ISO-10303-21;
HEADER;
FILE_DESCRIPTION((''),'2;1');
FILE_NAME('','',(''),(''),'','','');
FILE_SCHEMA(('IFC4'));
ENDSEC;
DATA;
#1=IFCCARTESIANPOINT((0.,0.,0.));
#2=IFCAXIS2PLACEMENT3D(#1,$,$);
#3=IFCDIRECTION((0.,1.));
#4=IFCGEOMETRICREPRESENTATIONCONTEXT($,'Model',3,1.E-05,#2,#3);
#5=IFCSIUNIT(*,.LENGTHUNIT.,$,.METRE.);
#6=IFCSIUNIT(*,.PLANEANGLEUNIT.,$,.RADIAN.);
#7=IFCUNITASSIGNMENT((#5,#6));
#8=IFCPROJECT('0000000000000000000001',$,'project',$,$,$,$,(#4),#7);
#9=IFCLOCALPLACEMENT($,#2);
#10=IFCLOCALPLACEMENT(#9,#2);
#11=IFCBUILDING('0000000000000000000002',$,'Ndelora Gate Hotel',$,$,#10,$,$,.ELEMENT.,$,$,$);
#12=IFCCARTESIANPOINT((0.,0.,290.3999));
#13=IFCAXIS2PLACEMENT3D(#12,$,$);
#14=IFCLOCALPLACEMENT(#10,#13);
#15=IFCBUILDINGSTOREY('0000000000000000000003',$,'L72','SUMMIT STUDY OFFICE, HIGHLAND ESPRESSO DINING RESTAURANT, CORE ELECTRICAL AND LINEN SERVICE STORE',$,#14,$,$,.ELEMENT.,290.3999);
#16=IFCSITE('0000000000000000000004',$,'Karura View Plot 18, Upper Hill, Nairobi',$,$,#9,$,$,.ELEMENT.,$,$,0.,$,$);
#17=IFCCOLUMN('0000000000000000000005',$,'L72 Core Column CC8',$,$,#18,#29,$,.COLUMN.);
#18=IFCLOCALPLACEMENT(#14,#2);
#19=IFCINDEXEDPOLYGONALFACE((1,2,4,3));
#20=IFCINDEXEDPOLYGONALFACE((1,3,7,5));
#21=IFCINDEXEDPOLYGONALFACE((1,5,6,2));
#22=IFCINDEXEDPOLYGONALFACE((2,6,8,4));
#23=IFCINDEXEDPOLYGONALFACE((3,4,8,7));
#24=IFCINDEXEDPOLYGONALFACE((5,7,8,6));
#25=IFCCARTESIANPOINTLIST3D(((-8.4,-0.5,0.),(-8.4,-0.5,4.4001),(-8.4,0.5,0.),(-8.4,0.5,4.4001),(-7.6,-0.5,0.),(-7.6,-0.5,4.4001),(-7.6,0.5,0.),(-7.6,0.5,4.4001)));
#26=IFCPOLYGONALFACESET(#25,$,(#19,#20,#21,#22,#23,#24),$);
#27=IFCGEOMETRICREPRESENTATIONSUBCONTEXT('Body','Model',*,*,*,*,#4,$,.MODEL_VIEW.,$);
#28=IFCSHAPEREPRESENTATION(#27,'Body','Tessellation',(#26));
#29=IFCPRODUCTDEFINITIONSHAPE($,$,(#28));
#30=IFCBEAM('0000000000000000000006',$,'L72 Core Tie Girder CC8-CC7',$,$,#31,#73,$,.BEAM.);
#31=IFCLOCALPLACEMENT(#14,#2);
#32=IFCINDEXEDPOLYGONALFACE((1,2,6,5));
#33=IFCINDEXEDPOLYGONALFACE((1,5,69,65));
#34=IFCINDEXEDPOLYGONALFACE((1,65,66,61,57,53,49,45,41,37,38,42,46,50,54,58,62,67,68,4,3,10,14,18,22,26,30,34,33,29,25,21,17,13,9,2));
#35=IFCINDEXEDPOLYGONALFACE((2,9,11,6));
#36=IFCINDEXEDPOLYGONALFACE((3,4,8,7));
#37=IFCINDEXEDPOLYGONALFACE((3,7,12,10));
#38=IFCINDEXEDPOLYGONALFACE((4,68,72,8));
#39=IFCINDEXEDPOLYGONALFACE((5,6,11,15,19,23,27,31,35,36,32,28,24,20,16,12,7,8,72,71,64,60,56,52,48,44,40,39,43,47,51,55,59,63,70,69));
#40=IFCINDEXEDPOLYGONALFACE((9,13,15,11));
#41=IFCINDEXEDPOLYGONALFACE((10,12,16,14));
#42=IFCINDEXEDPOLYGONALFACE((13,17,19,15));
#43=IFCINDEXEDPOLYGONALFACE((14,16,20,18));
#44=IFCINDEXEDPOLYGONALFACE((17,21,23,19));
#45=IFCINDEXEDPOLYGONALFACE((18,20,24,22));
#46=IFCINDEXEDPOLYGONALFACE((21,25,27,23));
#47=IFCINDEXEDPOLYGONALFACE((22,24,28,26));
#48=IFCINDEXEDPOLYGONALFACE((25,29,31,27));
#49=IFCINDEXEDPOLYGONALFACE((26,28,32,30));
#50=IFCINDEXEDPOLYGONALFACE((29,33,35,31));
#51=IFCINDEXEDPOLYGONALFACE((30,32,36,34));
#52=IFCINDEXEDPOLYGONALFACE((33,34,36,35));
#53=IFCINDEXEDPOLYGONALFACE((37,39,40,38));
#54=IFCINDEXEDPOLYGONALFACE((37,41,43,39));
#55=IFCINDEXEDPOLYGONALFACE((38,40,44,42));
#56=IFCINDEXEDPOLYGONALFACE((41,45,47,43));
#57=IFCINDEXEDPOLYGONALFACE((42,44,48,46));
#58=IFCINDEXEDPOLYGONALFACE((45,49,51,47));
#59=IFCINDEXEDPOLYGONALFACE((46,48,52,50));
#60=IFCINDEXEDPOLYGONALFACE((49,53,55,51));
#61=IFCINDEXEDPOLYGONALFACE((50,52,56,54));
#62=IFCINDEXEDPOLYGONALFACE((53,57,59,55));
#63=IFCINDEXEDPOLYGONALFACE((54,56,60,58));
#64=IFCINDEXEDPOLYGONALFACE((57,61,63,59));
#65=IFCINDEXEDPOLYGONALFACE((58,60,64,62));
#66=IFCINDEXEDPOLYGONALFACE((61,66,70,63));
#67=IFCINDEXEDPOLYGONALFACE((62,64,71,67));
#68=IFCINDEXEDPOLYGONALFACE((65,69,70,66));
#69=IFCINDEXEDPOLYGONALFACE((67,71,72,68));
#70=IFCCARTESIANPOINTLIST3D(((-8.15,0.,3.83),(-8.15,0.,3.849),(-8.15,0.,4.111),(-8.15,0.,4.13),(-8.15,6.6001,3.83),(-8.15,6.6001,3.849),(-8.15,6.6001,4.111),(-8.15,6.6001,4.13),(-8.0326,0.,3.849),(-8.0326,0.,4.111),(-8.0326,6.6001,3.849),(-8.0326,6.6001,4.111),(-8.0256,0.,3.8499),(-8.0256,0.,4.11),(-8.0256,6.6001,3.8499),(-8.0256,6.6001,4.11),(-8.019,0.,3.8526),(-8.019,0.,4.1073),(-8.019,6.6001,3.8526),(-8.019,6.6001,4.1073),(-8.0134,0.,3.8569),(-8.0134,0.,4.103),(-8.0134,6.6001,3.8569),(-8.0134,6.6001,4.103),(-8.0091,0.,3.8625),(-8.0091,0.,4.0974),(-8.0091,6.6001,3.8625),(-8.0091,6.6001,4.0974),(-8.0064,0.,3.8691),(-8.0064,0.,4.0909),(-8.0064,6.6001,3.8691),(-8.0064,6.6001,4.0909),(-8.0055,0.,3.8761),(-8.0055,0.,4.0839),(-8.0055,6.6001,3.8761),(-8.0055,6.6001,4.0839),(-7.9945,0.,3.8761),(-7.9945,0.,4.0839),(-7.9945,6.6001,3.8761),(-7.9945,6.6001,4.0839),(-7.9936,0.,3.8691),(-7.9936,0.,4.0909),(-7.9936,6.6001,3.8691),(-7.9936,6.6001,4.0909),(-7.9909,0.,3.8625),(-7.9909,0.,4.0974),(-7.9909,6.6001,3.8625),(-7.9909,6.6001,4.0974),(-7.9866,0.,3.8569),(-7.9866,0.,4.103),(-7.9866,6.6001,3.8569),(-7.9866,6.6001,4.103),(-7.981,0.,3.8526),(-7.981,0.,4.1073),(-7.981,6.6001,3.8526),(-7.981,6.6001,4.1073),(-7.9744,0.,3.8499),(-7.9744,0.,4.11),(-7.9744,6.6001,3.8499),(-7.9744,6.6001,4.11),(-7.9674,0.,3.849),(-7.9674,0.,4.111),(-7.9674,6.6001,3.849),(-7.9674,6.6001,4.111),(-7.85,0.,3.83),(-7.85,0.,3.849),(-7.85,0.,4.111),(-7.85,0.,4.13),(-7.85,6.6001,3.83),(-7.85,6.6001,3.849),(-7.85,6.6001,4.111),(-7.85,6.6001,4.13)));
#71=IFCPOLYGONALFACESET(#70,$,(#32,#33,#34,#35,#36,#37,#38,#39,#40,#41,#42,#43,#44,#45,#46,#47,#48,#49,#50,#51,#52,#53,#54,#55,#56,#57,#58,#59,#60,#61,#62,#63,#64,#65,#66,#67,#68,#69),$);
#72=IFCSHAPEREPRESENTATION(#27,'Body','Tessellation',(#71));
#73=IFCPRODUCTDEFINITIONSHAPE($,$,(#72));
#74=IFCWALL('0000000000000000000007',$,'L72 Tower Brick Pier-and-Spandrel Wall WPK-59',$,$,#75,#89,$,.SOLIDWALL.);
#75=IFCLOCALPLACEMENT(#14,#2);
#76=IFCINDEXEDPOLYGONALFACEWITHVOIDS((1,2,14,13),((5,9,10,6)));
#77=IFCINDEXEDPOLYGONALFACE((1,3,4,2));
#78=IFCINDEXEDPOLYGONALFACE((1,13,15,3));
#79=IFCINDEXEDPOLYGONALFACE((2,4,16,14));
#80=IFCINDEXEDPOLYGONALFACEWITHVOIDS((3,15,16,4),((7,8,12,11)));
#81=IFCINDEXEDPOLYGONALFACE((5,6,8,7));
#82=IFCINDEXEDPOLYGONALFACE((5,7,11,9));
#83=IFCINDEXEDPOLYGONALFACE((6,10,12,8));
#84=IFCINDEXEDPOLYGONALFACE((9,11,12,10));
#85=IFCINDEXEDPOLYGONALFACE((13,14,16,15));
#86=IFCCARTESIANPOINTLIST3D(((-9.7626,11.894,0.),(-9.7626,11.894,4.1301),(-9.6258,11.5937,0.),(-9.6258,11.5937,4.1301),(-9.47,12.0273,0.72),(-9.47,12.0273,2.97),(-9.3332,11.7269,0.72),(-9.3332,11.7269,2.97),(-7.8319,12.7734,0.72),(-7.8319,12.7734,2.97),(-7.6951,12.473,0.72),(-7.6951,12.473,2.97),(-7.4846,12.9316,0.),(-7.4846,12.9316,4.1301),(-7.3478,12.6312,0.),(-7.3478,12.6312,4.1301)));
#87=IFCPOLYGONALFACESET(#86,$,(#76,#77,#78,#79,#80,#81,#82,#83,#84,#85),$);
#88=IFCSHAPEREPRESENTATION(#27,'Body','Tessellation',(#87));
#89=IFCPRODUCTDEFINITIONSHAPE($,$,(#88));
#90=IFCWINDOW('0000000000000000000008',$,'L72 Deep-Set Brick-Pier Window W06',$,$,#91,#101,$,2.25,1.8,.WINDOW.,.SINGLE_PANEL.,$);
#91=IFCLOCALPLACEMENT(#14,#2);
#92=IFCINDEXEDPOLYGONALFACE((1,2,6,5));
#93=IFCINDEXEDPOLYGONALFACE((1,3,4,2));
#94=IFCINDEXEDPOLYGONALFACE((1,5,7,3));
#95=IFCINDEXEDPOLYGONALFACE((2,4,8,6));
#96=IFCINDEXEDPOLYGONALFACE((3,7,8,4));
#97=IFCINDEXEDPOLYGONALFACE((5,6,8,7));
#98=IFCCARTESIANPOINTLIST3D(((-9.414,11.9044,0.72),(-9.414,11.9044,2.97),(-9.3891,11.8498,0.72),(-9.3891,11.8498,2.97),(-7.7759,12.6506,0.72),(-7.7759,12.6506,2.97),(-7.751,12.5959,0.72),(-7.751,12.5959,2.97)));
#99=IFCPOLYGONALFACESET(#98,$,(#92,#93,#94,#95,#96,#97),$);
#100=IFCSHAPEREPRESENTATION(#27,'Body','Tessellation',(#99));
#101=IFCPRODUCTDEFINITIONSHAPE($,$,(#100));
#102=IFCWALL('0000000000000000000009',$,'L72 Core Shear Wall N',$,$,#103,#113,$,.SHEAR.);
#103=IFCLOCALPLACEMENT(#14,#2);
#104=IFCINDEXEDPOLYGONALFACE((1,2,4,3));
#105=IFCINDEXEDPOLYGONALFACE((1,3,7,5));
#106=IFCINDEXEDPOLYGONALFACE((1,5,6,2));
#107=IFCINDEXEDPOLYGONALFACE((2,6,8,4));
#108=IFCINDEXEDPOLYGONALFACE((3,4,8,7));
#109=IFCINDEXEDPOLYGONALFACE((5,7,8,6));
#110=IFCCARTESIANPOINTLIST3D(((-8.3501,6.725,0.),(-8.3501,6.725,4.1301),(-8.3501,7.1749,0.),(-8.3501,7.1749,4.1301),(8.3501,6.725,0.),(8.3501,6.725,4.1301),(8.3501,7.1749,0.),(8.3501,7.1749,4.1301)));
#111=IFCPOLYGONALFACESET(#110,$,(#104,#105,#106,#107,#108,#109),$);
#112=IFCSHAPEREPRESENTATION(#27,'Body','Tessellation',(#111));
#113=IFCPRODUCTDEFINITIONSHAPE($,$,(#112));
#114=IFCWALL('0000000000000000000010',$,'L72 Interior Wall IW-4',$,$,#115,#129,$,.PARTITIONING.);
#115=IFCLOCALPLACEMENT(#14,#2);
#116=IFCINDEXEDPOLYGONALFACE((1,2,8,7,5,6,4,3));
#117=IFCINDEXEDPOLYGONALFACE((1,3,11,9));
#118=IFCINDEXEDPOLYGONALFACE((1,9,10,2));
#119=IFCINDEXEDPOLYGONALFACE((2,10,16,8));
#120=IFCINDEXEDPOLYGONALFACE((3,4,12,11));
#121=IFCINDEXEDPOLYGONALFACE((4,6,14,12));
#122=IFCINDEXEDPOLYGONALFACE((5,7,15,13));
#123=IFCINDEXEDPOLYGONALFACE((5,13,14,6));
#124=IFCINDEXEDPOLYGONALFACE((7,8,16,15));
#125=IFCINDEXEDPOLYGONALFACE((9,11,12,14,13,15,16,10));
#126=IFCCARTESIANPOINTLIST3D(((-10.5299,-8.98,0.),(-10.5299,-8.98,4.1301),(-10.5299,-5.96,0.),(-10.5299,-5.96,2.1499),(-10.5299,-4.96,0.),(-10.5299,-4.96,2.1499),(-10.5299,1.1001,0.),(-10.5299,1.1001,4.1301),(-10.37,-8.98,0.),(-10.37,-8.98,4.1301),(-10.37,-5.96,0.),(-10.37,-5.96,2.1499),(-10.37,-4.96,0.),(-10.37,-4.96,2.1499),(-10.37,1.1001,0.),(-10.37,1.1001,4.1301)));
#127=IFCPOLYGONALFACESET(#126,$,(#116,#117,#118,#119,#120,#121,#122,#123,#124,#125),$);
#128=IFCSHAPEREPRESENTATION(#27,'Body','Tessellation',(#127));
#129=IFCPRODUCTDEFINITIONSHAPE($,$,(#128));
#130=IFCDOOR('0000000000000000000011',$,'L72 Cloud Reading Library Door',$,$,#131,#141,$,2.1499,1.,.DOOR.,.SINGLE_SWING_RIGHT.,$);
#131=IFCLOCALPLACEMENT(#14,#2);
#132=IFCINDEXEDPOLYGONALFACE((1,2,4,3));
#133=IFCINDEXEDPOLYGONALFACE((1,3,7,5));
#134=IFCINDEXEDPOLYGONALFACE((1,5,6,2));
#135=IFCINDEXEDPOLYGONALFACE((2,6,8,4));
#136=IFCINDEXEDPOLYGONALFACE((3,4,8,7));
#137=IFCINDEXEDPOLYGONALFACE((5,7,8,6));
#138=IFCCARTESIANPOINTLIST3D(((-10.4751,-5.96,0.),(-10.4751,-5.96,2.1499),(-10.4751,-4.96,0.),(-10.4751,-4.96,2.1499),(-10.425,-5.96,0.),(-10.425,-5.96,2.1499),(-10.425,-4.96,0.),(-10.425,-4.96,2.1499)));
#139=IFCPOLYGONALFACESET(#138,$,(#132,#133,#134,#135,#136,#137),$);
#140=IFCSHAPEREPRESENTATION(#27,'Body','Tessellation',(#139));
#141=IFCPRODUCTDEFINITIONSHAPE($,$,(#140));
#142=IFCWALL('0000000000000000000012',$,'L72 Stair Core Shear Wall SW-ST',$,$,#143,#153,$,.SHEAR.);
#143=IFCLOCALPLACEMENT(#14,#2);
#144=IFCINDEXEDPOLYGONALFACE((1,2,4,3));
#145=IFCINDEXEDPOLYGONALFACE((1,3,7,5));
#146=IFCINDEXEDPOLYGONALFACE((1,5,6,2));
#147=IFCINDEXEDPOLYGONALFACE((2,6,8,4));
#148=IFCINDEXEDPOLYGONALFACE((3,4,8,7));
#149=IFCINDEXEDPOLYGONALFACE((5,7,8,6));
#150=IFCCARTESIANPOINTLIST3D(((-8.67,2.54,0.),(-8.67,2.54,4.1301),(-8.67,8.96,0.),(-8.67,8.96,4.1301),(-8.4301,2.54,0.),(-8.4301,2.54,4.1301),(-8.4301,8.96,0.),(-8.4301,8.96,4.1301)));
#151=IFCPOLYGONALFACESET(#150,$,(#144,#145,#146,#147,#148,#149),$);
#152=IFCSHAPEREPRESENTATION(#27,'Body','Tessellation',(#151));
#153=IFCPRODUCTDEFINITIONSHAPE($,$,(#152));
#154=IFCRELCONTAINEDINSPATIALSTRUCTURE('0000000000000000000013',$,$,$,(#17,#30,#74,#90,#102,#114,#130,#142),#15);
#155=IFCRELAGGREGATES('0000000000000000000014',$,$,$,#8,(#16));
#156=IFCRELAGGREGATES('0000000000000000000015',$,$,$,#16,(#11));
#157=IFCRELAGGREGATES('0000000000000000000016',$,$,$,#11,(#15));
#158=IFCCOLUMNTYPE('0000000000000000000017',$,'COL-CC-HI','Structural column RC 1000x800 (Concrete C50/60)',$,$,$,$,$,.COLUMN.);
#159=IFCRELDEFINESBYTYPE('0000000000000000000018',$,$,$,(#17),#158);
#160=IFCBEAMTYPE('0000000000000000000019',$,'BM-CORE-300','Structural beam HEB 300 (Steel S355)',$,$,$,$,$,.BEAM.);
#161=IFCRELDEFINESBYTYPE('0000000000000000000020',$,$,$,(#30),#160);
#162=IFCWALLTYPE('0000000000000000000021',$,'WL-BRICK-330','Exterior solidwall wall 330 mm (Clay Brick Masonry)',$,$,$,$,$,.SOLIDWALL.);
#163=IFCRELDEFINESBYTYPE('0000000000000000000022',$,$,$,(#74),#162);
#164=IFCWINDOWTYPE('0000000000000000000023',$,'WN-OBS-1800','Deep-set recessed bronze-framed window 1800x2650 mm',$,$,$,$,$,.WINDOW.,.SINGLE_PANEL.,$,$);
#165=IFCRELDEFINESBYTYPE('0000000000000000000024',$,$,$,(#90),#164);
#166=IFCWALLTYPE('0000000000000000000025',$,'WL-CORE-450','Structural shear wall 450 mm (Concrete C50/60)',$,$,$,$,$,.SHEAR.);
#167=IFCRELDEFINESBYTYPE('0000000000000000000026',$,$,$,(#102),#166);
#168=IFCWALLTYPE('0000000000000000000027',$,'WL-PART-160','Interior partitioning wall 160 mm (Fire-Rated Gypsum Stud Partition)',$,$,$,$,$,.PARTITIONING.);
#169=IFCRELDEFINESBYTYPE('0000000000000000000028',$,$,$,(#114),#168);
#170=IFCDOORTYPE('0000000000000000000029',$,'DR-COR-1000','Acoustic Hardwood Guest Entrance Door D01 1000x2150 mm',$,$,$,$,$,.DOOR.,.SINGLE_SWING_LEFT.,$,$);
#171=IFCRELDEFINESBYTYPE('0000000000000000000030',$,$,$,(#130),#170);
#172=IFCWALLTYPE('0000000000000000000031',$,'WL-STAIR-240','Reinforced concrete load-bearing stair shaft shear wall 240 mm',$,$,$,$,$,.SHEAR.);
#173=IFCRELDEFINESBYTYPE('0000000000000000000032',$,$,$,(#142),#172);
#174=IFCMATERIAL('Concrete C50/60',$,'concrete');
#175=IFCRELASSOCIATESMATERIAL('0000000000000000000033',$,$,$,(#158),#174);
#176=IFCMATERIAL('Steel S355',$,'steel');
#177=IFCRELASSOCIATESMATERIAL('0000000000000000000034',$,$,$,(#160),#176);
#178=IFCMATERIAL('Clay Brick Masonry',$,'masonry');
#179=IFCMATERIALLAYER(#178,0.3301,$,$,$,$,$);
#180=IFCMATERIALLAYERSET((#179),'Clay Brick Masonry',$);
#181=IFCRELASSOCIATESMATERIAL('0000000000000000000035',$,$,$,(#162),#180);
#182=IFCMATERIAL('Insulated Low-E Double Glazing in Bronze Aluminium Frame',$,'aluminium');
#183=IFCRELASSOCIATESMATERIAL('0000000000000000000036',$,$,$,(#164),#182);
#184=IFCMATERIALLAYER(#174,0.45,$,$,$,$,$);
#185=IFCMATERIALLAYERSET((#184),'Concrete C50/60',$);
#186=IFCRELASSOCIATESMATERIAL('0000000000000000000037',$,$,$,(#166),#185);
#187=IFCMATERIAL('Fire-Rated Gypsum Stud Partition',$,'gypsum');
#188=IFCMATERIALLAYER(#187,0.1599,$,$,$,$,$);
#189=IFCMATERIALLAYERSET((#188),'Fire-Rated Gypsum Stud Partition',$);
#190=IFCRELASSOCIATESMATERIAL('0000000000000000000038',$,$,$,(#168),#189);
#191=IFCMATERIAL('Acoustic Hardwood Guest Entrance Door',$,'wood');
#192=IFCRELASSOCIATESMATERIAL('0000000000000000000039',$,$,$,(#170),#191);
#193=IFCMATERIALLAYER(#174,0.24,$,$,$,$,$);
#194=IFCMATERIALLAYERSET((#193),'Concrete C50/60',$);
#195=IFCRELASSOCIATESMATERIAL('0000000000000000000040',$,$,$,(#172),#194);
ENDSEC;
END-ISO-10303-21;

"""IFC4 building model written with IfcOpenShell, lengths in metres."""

from ifc_helpers import new_model, si_unit, direction, frame, frame_2d, origin, origin_2d, place, context, subcontext, project, spatial, rectangle, i_section, extrude, material, layer, layer_set, material_profile, profile_set, type_object, element, fill, save


model = new_model("IFC4")

# Units and contexts
model_context = context("Model", 3, precision=1e-05, world=origin(), true_north=direction((0.0, 1.0)))
body_context = subcontext(model_context, "Body", "Model", "MODEL_VIEW")
ifc_project = project(units=[si_unit("LENGTHUNIT", "METRE"), si_unit("PLANEANGLEUNIT", "RADIAN")], contexts=[model_context])

# Site, building, storey
site_placement = place(None, origin())
site = spatial("IfcSite", under=ifc_project, at=site_placement, Name="Karura View Plot 18, Upper Hill, Nairobi", CompositionType="ELEMENT", RefElevation=0.0)
building_placement = place(site_placement, origin())
building = spatial("IfcBuilding", under=site, at=building_placement, Name="Ndelora Gate Hotel", CompositionType="ELEMENT")
storey_placement = place(building_placement, frame((0.0, 0.0, 290.3999)))
storey = spatial("IfcBuildingStorey", under=building, at=storey_placement, Name="L72", Description="SUMMIT STUDY OFFICE, HIGHLAND ESPRESSO DINING RESTAURANT, CORE ELECTRICAL AND LINEN SERVICE STORE", CompositionType="ELEMENT", Elevation=290.3999)

# Column
ifc_material_1 = material(Name="Concrete C50/60", Category="concrete")
ifc_material_profile_1 = material_profile(ifc_material_1, rectangle(XDim=0.8, YDim=1.0, at=origin_2d()), Name="RC 1000x800")
ifc_profile_set_1 = profile_set([ifc_material_profile_1], Name="Concrete C50/60")
column_type = type_object("IfcColumnType", Name="COL-CC-HI", Description="Structural column RC 1000x800 (Concrete C50/60)", PredefinedType="COLUMN", material=ifc_profile_set_1)
column_placement = place(storey_placement, frame((-8.0, 0.0, 0.0), z_axis=(0.0, 0.0, 1.0), x_axis=(1.0, 0.0, 0.0)))
element("IfcColumn", 1, at=column_placement, inside=storey, type_object=column_type, Name="L72 Core Column CC8", PredefinedType="COLUMN", context=body_context, shape_type="SweptSolid", body=[
    extrude(rectangle(XDim=0.8, YDim=1.0, at=origin_2d()), origin(), (0.0, 0.0, 1.0), 4.4001),
])

# Beam
ifc_material_2 = material(Name="Steel S355", Category="steel")
ifc_material_profile_2 = material_profile(ifc_material_2, i_section(OverallWidth=0.3, OverallDepth=0.3, WebThickness=0.011, FlangeThickness=0.019, FilletRadius=0.0271, at=origin_2d()), Name="HEB 300")
ifc_profile_set_2 = profile_set([ifc_material_profile_2], Name="Steel S355")
beam_type = type_object("IfcBeamType", Name="BM-CORE-300", Description="Structural beam HEB 300 (Steel S355)", PredefinedType="BEAM", material=ifc_profile_set_2)
beam_placement = place(storey_placement, frame((-8.0, 0.0, 3.98), z_axis=(0.0, 1.0, 0.0), x_axis=(-1.0, 0.0, 0.0)))
element("IfcBeam", 2, at=beam_placement, inside=storey, type_object=beam_type, Name="L72 Core Tie Girder CC8-CC7", PredefinedType="BEAM", context=body_context, shape_type="SweptSolid", body=[
    extrude(i_section(OverallWidth=0.3, OverallDepth=0.3, WebThickness=0.011, FlangeThickness=0.019, FilletRadius=0.0271, at=origin_2d()), origin(), (0.0, 0.0, 1.0), 6.6001),
])

# Wall, opening, window
ifc_material_3 = material(Name="Clay Brick Masonry", Category="masonry")
ifc_layer_1 = layer(ifc_material_3, 0.3301)
ifc_layer_set_1 = layer_set([ifc_layer_1], Name="Clay Brick Masonry")
wall_type_1 = type_object("IfcWallType", Name="WL-BRICK-330", Description="Exterior solidwall wall 330 mm (Clay Brick Masonry)", PredefinedType="SOLIDWALL", material=ifc_layer_set_1)
wall_1_placement = place(storey_placement, frame((-9.6941, 11.7439, 0.0), z_axis=(0.0, 0.0, 1.0), x_axis=(0.910049, 0.414501, 0.0)))
wall_1 = element("IfcWall", 3, at=wall_1_placement, inside=storey, type_object=wall_type_1, Name="L72 Tower Brick Pier-and-Spandrel Wall WPK-59", PredefinedType="SOLIDWALL", context=body_context, shape_type="SweptSolid", body=[
    extrude(rectangle(XDim=2.5032, YDim=0.3301, at=frame_2d((1.2515, 0.0))), origin(), (0.0, 0.0, 1.0), 4.1301),
])
opening_1_placement = place(wall_1_placement, frame((0.3215, 0.0, 0.72)))
opening_1 = element("IfcOpeningElement", 4, at=opening_1_placement, cuts=wall_1, PredefinedType="OPENING", context=body_context, shape_type="SweptSolid", body=[
    extrude(rectangle(XDim=1.8, YDim=2.25, at=frame_2d((0.8999, 1.125))), frame((0.0, 0.175, 0.0), z_axis=(0.0, -1.0, 0.0), x_axis=(1.0, 0.0, 0.0)), (0.0, 0.0, 1.0), 0.3501),
])
ifc_material_4 = material(Name="Insulated Low-E Double Glazing in Bronze Aluminium Frame", Category="aluminium")
window_type = type_object("IfcWindowType", Name="WN-OBS-1800", Description="Deep-set recessed bronze-framed window 1800x2650 mm", PartitioningType="SINGLE_PANEL", PredefinedType="WINDOW", material=ifc_material_4)
window_placement = place(opening_1_placement, origin())
window = element("IfcWindow", 5, at=window_placement, inside=storey, type_object=window_type, Name="L72 Deep-Set Brick-Pier Window W06", OverallHeight=2.25, OverallWidth=1.8, PartitioningType="SINGLE_PANEL", PredefinedType="WINDOW", context=body_context, shape_type="SweptSolid", body=[
    extrude(rectangle(XDim=1.8, YDim=2.25, at=frame_2d((0.8999, 1.125))), frame((0.0, 0.03, 0.0), z_axis=(0.0, -1.0, 0.0), x_axis=(1.0, 0.0, 0.0)), (0.0, 0.0, 1.0), 0.0601),
])
fill(opening_1, window)

# Wall
ifc_layer_2 = layer(ifc_material_1, 0.45)
ifc_layer_set_2 = layer_set([ifc_layer_2], Name="Concrete C50/60")
wall_type_2 = type_object("IfcWallType", Name="WL-CORE-450", Description="Structural shear wall 450 mm (Concrete C50/60)", PredefinedType="SHEAR", material=ifc_layer_set_2)
wall_2_placement = place(storey_placement, frame((-8.3501, 6.95, 0.0), z_axis=(0.0, 0.0, 1.0), x_axis=(1.0, 0.0, 0.0)))
element("IfcWall", 6, at=wall_2_placement, inside=storey, type_object=wall_type_2, Name="L72 Core Shear Wall N", PredefinedType="SHEAR", context=body_context, shape_type="SweptSolid", body=[
    extrude(rectangle(XDim=16.7002, YDim=0.45, at=frame_2d((8.3501, 0.0))), origin(), (0.0, 0.0, 1.0), 4.1301),
])

# Wall, opening, door
ifc_material_5 = material(Name="Fire-Rated Gypsum Stud Partition", Category="gypsum")
ifc_layer_3 = layer(ifc_material_5, 0.1599)
ifc_layer_set_3 = layer_set([ifc_layer_3], Name="Fire-Rated Gypsum Stud Partition")
wall_type_3 = type_object("IfcWallType", Name="WL-PART-160", Description="Interior partitioning wall 160 mm (Fire-Rated Gypsum Stud Partition)", PredefinedType="PARTITIONING", material=ifc_layer_set_3)
wall_3_placement = place(storey_placement, frame((-10.45, 1.1001, 0.0), z_axis=(0.0, 0.0, 1.0), x_axis=(0.0, -1.0, 0.0)))
wall_3 = element("IfcWall", 7, at=wall_3_placement, inside=storey, type_object=wall_type_3, Name="L72 Interior Wall IW-4", PredefinedType="PARTITIONING", context=body_context, shape_type="SweptSolid", body=[
    extrude(rectangle(XDim=10.0801, YDim=0.1599, at=frame_2d((5.04, 0.0))), origin(), (0.0, 0.0, 1.0), 4.1301),
])
opening_2_placement = place(wall_3_placement, frame((6.0601, 0.0, 0.0)))
opening_2 = element("IfcOpeningElement", 8, at=opening_2_placement, cuts=wall_3, PredefinedType="OPENING", context=body_context, shape_type="SweptSolid", body=[
    extrude(rectangle(XDim=1.0, YDim=2.1499, at=frame_2d((0.5, 1.075))), frame((0.0, 0.0898, 0.0), z_axis=(0.0, -1.0, 0.0), x_axis=(1.0, 0.0, 0.0)), (0.0, 0.0, 1.0), 0.1799),
])
ifc_material_6 = material(Name="Acoustic Hardwood Guest Entrance Door", Category="wood")
door_type_1 = type_object("IfcDoorType", Name="DR-COR-1000", Description="Acoustic Hardwood Guest Entrance Door D01 1000x2150 mm", OperationType="SINGLE_SWING_LEFT", PredefinedType="DOOR", material=ifc_material_6)
door_1_placement = place(opening_2_placement, origin())
door_1 = element("IfcDoor", 9, at=door_1_placement, inside=storey, type_object=door_type_1, Name="L72 Cloud Reading Library Door", OperationType="SINGLE_SWING_RIGHT", OverallHeight=2.1499, OverallWidth=1.0, PredefinedType="DOOR", context=body_context, shape_type="SweptSolid", body=[
    extrude(rectangle(XDim=1.0, YDim=2.1499, at=frame_2d((0.5, 1.075))), frame((0.0, 0.0249, 0.0), z_axis=(0.0, -1.0, 0.0), x_axis=(1.0, 0.0, 0.0)), (0.0, 0.0, 1.0), 0.05),
])
fill(opening_2, door_1)

# Wall
ifc_layer_4 = layer(ifc_material_1, 0.24)
ifc_layer_set_4 = layer_set([ifc_layer_4], Name="Concrete C50/60")
wall_type_4 = type_object("IfcWallType", Name="WL-STAIR-240", Description="Reinforced concrete load-bearing stair shaft shear wall 240 mm", PredefinedType="SHEAR", material=ifc_layer_set_4)
wall_4_placement = place(storey_placement, frame((-8.55, 2.54, 0.0), z_axis=(0.0, 0.0, 1.0), x_axis=(0.0, 1.0, 0.0)))
element("IfcWall", 10, at=wall_4_placement, inside=storey, type_object=wall_type_4, Name="L72 Stair Core Shear Wall SW-ST", PredefinedType="SHEAR", context=body_context, shape_type="SweptSolid", body=[
    extrude(rectangle(XDim=6.4199, YDim=0.24, at=frame_2d((3.21, 0.0))), origin(), (0.0, 0.0, 1.0), 4.1301),
])

save(model, "model.ifc")
